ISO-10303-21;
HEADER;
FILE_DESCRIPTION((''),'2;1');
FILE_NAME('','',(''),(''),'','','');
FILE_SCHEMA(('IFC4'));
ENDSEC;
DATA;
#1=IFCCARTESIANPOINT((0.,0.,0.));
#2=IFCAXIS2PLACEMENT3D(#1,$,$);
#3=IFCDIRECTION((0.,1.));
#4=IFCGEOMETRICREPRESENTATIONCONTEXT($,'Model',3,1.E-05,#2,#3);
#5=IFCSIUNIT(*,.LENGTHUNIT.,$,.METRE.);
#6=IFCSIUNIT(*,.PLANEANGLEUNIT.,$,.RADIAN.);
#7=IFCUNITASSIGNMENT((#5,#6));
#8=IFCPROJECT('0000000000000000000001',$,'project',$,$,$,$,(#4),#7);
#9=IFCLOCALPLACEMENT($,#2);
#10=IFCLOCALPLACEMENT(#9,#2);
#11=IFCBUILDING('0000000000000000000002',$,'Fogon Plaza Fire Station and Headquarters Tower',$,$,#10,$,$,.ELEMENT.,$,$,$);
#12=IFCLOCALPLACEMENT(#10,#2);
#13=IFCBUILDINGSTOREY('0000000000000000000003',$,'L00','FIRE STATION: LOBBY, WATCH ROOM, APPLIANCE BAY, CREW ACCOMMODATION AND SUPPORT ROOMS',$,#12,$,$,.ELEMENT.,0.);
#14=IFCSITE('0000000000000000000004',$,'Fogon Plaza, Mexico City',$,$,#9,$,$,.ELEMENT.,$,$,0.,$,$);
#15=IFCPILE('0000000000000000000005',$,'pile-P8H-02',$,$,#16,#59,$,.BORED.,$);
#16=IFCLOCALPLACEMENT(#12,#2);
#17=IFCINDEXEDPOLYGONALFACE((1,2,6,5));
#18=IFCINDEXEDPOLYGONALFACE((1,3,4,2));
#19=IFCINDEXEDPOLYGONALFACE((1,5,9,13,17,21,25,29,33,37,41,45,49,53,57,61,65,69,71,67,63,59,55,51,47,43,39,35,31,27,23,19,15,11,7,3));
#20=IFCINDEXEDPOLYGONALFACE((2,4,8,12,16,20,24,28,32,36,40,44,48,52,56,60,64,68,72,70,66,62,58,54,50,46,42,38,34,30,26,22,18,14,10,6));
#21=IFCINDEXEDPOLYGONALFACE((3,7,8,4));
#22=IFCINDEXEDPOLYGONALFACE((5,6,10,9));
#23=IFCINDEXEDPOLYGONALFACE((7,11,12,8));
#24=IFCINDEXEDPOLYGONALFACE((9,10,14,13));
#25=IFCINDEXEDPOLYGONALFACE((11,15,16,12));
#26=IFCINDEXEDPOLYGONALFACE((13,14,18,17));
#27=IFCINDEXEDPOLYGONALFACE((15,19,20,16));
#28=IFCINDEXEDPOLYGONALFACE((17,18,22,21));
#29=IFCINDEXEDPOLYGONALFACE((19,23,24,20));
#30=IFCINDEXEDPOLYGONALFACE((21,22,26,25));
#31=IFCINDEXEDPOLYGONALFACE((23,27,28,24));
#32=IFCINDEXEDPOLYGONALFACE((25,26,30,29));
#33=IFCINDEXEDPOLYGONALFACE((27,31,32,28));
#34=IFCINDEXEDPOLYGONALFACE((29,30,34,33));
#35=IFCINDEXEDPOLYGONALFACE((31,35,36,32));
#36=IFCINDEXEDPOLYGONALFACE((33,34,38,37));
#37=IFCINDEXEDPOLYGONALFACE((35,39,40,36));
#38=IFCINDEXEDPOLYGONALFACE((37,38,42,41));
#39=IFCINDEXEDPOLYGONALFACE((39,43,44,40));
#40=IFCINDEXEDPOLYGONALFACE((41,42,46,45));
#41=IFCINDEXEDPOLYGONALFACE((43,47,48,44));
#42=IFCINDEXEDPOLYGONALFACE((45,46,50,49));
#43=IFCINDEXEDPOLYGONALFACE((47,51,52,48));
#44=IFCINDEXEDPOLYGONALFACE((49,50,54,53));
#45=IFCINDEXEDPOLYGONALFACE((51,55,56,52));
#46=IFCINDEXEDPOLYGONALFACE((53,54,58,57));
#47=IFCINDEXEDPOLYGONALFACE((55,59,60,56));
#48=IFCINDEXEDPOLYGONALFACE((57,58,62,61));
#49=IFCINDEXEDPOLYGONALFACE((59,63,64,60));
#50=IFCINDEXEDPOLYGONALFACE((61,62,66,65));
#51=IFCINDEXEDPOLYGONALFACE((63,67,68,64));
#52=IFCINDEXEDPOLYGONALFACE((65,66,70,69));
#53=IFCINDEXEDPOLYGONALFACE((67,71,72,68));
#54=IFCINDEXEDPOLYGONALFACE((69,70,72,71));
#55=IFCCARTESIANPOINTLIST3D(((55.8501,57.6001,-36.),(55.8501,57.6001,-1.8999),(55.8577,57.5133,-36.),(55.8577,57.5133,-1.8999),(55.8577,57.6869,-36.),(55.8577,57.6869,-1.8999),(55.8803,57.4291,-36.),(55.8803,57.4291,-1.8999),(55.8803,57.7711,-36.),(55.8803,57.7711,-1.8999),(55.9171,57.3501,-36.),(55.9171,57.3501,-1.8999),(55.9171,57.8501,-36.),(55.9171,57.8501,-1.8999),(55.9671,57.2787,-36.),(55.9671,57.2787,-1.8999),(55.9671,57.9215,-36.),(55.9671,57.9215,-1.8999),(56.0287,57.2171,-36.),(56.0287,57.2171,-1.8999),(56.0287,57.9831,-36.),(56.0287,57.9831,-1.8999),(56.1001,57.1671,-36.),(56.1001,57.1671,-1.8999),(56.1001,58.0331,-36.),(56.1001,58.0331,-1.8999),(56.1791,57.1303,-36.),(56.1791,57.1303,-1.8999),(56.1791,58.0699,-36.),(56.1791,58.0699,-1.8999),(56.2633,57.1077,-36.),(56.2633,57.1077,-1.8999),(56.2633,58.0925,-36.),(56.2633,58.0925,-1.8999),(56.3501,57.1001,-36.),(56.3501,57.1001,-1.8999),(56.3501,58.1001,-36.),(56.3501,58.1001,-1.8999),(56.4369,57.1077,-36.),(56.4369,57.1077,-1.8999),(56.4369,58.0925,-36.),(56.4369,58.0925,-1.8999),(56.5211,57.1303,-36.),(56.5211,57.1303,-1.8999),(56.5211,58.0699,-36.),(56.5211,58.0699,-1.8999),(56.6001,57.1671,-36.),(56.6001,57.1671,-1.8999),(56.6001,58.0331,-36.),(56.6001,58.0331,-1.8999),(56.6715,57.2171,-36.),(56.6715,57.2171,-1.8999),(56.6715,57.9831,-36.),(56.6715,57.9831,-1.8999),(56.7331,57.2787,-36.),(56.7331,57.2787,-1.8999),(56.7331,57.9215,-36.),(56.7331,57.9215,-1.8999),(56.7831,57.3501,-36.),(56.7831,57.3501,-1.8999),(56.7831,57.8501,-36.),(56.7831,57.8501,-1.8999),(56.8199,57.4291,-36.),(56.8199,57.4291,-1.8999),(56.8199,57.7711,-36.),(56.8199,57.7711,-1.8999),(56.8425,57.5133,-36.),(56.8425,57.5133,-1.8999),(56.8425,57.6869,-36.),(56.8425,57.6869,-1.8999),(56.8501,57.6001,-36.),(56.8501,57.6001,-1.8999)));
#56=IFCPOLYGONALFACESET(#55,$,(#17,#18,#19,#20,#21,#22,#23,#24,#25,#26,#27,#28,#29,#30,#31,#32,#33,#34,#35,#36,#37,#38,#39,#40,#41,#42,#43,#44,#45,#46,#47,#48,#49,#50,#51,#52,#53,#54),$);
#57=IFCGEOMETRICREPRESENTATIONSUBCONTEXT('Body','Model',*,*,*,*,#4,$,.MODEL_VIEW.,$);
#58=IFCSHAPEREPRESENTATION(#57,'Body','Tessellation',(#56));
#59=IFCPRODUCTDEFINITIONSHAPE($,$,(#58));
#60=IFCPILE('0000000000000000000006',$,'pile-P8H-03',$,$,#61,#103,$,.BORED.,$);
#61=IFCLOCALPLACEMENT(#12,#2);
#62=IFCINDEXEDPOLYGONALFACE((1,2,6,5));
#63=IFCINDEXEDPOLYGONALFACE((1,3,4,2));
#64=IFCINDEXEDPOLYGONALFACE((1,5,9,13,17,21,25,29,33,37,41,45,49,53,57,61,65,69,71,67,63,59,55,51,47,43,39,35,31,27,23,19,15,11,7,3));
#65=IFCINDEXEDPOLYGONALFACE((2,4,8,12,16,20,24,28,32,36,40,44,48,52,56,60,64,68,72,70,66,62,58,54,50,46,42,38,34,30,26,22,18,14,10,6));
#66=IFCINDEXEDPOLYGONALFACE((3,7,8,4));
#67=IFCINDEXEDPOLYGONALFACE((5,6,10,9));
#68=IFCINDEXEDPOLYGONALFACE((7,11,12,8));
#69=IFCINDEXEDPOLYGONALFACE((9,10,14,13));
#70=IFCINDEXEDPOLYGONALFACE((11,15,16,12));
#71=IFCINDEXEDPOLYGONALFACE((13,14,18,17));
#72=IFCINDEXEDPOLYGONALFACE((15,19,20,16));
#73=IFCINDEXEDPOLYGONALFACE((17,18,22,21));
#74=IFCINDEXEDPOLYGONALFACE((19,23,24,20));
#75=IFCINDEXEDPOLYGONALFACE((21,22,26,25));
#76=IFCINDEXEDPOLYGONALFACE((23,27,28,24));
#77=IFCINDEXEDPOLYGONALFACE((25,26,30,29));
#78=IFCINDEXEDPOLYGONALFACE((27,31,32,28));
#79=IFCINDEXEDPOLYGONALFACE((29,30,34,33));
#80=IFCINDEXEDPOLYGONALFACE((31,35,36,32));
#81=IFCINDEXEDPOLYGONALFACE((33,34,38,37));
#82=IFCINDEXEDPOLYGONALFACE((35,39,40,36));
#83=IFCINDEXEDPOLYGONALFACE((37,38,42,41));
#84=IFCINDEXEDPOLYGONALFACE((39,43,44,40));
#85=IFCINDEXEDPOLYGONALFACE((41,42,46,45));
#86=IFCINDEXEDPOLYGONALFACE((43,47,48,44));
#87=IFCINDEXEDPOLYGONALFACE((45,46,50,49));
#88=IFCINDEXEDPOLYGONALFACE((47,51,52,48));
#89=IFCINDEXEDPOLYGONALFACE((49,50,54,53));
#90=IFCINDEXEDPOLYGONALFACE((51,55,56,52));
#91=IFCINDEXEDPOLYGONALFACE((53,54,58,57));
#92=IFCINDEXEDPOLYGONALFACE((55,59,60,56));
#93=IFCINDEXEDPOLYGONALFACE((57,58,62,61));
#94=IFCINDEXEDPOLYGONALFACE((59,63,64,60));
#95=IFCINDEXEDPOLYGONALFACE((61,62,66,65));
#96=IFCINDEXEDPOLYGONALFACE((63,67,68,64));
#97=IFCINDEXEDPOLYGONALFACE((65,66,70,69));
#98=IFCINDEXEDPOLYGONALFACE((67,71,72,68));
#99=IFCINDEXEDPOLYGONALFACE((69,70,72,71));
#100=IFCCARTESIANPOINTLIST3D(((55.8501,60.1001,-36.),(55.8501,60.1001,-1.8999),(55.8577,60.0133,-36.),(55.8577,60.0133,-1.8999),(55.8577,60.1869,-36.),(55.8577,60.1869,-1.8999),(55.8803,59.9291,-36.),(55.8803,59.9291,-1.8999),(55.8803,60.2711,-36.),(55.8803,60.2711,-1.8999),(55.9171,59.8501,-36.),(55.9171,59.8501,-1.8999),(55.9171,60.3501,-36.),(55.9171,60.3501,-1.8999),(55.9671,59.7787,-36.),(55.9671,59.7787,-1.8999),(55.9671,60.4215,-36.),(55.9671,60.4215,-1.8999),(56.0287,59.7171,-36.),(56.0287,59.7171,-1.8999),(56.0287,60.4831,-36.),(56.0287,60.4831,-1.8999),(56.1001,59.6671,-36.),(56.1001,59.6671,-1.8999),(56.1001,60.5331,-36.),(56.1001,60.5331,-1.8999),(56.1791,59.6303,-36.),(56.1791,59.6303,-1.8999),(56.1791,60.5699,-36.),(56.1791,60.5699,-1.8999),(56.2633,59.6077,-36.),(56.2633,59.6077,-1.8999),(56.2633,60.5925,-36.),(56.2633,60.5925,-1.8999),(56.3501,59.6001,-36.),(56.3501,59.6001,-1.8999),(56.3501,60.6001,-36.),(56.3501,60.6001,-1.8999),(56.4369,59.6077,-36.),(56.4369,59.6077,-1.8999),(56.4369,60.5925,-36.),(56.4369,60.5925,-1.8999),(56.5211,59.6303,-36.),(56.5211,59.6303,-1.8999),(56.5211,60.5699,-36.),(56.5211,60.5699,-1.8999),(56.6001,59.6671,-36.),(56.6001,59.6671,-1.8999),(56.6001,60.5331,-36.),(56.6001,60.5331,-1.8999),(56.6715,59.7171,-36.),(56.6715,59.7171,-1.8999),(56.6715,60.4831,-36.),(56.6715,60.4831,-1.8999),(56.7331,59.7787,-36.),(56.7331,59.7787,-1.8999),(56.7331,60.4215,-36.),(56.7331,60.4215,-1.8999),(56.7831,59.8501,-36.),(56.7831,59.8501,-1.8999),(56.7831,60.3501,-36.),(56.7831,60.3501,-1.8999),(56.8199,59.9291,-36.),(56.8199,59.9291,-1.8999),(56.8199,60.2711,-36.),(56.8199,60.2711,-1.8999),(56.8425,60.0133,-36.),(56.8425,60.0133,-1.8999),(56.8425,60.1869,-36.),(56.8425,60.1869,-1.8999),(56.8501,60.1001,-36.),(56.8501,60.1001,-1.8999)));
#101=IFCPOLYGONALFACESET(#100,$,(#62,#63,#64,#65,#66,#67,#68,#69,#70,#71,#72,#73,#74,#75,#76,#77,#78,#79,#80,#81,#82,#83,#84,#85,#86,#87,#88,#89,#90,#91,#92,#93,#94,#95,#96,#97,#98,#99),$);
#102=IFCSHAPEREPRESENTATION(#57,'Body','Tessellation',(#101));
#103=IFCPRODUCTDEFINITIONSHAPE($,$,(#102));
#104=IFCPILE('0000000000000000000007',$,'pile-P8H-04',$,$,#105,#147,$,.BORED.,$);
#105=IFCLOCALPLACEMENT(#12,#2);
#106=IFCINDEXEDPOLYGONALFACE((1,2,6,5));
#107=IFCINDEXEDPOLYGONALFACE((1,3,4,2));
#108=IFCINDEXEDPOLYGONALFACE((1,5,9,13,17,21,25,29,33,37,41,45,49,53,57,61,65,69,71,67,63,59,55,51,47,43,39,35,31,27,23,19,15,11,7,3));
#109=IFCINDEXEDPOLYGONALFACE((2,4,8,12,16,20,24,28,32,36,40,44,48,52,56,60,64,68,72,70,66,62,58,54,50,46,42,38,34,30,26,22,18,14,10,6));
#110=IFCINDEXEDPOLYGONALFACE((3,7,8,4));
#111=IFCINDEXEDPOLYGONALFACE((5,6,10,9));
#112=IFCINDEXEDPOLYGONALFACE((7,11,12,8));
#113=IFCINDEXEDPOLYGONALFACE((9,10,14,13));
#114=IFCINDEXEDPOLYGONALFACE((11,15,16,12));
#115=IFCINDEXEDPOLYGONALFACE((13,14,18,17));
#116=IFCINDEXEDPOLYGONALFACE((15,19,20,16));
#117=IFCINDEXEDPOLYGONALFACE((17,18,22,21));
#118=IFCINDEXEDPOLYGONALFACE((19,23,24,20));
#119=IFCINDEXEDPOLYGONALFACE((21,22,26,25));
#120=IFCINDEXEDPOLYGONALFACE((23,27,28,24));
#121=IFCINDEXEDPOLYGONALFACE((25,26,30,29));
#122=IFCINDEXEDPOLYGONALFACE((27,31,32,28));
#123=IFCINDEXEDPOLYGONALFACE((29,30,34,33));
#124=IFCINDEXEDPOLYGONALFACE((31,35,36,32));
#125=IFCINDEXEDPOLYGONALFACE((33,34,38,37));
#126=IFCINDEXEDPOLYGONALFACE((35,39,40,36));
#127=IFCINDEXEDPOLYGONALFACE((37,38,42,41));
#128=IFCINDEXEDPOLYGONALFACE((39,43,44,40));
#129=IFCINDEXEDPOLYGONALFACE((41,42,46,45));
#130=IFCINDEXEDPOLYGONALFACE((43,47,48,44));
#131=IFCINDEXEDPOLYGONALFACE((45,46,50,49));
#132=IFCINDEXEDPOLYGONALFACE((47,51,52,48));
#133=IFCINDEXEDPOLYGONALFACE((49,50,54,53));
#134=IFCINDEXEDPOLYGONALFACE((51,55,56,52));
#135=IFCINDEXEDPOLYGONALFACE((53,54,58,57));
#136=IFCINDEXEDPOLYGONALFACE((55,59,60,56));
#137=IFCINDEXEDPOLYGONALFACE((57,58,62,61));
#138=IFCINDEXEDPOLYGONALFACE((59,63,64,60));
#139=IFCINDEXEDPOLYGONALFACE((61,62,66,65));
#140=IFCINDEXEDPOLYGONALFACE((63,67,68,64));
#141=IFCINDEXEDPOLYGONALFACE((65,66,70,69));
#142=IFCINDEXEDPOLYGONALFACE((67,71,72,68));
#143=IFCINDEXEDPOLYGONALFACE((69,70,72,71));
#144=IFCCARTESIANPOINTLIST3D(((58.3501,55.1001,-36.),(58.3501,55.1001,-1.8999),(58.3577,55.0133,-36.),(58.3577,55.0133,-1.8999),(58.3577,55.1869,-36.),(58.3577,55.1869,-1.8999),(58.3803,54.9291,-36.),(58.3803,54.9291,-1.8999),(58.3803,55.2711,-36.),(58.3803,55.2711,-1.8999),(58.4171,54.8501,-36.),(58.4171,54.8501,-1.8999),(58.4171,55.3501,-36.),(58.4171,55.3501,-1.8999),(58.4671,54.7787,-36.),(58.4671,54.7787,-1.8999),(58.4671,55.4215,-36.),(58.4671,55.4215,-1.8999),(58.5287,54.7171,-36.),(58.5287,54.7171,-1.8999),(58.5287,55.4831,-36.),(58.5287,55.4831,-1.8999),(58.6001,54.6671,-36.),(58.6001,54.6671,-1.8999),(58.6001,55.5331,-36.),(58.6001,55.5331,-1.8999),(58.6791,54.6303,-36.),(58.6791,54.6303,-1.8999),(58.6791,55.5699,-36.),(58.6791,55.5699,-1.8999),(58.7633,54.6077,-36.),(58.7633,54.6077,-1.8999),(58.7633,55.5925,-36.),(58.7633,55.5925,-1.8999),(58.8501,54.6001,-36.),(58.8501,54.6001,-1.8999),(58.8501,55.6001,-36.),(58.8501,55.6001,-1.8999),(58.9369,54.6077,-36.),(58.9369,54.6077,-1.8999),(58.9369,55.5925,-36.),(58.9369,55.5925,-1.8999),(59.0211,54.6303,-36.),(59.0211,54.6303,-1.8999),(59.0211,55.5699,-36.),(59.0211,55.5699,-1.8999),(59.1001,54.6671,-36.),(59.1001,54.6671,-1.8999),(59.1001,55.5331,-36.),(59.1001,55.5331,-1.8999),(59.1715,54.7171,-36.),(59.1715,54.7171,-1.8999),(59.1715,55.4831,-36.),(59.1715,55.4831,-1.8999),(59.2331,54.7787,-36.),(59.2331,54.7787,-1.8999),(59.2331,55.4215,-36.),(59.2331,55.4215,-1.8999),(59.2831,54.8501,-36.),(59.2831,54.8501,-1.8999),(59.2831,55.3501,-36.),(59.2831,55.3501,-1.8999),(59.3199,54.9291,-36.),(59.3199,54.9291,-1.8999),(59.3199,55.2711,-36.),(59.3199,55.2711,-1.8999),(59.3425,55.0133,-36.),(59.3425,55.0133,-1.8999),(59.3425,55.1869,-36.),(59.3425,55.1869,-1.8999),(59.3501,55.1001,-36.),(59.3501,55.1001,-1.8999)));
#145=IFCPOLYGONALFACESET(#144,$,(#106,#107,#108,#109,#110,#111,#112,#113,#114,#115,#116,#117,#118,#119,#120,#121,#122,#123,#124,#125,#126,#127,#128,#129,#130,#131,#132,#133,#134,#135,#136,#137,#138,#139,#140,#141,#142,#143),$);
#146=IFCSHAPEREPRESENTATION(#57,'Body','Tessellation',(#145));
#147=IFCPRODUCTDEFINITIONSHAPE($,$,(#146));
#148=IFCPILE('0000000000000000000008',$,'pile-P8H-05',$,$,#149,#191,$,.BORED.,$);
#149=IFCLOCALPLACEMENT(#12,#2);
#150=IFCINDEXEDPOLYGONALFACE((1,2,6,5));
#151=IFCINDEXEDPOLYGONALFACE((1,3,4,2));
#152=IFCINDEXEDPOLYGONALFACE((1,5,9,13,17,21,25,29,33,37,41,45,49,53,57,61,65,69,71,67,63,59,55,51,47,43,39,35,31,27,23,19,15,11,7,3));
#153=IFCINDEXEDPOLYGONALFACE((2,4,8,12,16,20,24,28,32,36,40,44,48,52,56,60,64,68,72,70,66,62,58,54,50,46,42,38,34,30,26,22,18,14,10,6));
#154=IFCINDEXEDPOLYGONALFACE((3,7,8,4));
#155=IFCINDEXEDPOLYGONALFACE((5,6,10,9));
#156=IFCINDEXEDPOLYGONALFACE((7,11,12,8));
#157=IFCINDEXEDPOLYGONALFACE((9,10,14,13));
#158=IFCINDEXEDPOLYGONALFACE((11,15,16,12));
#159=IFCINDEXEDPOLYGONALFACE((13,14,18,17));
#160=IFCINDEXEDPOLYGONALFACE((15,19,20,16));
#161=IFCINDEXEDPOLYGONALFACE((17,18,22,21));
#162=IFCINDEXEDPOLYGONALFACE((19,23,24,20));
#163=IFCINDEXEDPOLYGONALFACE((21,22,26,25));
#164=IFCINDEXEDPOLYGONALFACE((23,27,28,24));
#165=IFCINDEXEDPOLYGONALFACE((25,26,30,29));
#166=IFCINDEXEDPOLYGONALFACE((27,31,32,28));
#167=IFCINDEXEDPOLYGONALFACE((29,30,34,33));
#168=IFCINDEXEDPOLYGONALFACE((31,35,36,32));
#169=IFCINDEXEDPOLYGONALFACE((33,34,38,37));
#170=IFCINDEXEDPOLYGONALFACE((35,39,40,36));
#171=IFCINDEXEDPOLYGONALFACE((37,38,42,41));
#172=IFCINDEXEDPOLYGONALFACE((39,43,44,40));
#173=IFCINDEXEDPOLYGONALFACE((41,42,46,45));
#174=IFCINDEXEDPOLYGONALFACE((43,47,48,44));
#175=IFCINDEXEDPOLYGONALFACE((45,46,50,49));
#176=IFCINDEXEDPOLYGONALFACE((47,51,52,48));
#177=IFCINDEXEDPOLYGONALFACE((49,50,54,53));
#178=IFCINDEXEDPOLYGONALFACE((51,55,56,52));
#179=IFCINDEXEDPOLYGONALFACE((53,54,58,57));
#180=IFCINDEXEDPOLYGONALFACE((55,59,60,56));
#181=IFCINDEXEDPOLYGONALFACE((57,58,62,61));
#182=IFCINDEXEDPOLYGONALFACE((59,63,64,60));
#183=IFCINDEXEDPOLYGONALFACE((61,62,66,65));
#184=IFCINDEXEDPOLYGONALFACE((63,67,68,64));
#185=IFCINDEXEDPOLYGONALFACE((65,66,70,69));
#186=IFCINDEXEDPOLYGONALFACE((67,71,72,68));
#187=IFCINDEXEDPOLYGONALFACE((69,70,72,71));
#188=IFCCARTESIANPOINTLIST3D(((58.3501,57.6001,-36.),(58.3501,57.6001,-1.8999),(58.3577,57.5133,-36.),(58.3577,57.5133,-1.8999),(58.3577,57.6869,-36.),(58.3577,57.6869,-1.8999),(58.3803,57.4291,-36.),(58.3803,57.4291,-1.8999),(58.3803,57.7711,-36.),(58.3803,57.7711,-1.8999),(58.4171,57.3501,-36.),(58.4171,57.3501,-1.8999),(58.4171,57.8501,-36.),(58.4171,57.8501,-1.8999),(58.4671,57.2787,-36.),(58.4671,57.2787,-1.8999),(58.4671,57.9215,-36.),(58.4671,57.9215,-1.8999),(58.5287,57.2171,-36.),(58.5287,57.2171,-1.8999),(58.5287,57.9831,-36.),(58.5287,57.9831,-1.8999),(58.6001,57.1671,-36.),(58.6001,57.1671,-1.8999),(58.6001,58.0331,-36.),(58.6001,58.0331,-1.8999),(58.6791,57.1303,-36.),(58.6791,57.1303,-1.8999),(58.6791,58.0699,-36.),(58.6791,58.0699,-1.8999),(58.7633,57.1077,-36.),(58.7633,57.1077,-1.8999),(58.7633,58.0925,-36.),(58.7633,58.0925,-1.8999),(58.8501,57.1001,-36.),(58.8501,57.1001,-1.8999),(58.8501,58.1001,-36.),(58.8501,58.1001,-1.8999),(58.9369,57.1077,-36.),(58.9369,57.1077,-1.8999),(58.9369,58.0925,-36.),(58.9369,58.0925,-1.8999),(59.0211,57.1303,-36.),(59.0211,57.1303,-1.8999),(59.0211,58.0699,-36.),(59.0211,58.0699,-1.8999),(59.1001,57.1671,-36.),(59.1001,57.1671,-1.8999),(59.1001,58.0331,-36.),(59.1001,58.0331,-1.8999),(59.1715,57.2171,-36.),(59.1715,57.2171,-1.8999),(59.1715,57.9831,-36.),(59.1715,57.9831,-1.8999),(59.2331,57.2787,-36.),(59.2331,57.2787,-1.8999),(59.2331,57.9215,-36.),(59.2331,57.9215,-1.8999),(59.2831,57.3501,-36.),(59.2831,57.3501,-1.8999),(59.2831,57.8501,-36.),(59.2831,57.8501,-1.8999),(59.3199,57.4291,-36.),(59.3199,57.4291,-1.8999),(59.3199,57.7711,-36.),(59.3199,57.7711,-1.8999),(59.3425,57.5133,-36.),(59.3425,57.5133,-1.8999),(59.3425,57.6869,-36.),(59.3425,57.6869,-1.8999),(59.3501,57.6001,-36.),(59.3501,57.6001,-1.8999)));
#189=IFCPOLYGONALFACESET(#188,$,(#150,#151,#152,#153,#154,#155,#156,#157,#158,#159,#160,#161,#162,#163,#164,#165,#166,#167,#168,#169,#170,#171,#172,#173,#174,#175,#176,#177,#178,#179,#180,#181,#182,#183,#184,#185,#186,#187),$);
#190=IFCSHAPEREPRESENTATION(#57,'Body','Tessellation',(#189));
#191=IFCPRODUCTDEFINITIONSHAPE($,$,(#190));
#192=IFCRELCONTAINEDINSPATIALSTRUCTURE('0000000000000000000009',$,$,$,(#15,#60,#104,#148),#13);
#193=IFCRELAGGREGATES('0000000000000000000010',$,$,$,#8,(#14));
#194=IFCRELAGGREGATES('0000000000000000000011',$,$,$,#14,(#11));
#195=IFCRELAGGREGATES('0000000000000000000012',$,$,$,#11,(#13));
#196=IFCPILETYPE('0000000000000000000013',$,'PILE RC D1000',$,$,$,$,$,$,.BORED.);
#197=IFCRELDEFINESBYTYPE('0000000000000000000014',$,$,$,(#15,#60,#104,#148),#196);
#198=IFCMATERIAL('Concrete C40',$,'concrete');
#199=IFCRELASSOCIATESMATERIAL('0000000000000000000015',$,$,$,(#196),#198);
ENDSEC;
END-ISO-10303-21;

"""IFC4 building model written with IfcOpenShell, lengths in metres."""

from ifc_helpers import new_model, si_unit, direction, frame, origin, origin_2d, place, context, subcontext, project, spatial, circle, extrude, material, material_profile, profile_set, type_object, element, save


model = new_model("IFC4")

# Units and contexts
model_context = context("Model", 3, precision=1e-05, world=origin(), true_north=direction((0.0, 1.0)))
body_context = subcontext(model_context, "Body", "Model", "MODEL_VIEW")
ifc_project = project(units=[si_unit("LENGTHUNIT", "METRE"), si_unit("PLANEANGLEUNIT", "RADIAN")], contexts=[model_context])

# Site, building, storey
site_placement = place(None, origin())
site = spatial("IfcSite", under=ifc_project, at=site_placement, Name="Fogon Plaza, Mexico City", CompositionType="ELEMENT", RefElevation=0.0)
building_placement = place(site_placement, origin())
building = spatial("IfcBuilding", under=site, at=building_placement, Name="Fogon Plaza Fire Station and Headquarters Tower", CompositionType="ELEMENT")
storey_placement = place(building_placement, origin())
storey = spatial("IfcBuildingStorey", under=building, at=storey_placement, Name="L00", Description="FIRE STATION: LOBBY, WATCH ROOM, APPLIANCE BAY, CREW ACCOMMODATION AND SUPPORT ROOMS", CompositionType="ELEMENT", Elevation=0.0)

# Piles
ifc_material_1 = material(Name="Concrete C40", Category="concrete")
ifc_material_profile_1 = material_profile(ifc_material_1, circle(Radius=0.5, at=origin_2d()), Name="RC D1000")
ifc_profile_set_1 = profile_set([ifc_material_profile_1], Name="Concrete C40")
pile_type_1 = type_object("IfcPileType", Name="PILE RC D1000", PredefinedType="BORED", material=ifc_profile_set_1)
for number, where, z_axis, x_axis, name in (
    (1, (56.3501, 57.6001, -1.8999), (0.0, 0.0, -1.0), (1.0, 0.0, 0.0), "pile-P8H-02"),
    (2, (56.3501, 60.1001, -1.8999), (0.0, 0.0, -1.0), (1.0, 0.0, 0.0), "pile-P8H-03"),
    (3, (58.8501, 55.1001, -1.8999), (0.0, 0.0, -1.0), (1.0, 0.0, 0.0), "pile-P8H-04"),
    (4, (58.8501, 57.6001, -1.8999), (0.0, 0.0, -1.0), (1.0, 0.0, 0.0), "pile-P8H-05"),
):
    element("IfcPile", number, at=place(storey_placement, frame(where, z_axis=z_axis, x_axis=x_axis)), inside=storey, type_object=pile_type_1, Name=name, PredefinedType="BORED", context=body_context, shape_type="SweptSolid", body=[
        extrude(circle(Radius=0.5, at=origin_2d()), origin(), (0.0, 0.0, 1.0), 34.1001),
    ])

save(model, "model.ifc")
